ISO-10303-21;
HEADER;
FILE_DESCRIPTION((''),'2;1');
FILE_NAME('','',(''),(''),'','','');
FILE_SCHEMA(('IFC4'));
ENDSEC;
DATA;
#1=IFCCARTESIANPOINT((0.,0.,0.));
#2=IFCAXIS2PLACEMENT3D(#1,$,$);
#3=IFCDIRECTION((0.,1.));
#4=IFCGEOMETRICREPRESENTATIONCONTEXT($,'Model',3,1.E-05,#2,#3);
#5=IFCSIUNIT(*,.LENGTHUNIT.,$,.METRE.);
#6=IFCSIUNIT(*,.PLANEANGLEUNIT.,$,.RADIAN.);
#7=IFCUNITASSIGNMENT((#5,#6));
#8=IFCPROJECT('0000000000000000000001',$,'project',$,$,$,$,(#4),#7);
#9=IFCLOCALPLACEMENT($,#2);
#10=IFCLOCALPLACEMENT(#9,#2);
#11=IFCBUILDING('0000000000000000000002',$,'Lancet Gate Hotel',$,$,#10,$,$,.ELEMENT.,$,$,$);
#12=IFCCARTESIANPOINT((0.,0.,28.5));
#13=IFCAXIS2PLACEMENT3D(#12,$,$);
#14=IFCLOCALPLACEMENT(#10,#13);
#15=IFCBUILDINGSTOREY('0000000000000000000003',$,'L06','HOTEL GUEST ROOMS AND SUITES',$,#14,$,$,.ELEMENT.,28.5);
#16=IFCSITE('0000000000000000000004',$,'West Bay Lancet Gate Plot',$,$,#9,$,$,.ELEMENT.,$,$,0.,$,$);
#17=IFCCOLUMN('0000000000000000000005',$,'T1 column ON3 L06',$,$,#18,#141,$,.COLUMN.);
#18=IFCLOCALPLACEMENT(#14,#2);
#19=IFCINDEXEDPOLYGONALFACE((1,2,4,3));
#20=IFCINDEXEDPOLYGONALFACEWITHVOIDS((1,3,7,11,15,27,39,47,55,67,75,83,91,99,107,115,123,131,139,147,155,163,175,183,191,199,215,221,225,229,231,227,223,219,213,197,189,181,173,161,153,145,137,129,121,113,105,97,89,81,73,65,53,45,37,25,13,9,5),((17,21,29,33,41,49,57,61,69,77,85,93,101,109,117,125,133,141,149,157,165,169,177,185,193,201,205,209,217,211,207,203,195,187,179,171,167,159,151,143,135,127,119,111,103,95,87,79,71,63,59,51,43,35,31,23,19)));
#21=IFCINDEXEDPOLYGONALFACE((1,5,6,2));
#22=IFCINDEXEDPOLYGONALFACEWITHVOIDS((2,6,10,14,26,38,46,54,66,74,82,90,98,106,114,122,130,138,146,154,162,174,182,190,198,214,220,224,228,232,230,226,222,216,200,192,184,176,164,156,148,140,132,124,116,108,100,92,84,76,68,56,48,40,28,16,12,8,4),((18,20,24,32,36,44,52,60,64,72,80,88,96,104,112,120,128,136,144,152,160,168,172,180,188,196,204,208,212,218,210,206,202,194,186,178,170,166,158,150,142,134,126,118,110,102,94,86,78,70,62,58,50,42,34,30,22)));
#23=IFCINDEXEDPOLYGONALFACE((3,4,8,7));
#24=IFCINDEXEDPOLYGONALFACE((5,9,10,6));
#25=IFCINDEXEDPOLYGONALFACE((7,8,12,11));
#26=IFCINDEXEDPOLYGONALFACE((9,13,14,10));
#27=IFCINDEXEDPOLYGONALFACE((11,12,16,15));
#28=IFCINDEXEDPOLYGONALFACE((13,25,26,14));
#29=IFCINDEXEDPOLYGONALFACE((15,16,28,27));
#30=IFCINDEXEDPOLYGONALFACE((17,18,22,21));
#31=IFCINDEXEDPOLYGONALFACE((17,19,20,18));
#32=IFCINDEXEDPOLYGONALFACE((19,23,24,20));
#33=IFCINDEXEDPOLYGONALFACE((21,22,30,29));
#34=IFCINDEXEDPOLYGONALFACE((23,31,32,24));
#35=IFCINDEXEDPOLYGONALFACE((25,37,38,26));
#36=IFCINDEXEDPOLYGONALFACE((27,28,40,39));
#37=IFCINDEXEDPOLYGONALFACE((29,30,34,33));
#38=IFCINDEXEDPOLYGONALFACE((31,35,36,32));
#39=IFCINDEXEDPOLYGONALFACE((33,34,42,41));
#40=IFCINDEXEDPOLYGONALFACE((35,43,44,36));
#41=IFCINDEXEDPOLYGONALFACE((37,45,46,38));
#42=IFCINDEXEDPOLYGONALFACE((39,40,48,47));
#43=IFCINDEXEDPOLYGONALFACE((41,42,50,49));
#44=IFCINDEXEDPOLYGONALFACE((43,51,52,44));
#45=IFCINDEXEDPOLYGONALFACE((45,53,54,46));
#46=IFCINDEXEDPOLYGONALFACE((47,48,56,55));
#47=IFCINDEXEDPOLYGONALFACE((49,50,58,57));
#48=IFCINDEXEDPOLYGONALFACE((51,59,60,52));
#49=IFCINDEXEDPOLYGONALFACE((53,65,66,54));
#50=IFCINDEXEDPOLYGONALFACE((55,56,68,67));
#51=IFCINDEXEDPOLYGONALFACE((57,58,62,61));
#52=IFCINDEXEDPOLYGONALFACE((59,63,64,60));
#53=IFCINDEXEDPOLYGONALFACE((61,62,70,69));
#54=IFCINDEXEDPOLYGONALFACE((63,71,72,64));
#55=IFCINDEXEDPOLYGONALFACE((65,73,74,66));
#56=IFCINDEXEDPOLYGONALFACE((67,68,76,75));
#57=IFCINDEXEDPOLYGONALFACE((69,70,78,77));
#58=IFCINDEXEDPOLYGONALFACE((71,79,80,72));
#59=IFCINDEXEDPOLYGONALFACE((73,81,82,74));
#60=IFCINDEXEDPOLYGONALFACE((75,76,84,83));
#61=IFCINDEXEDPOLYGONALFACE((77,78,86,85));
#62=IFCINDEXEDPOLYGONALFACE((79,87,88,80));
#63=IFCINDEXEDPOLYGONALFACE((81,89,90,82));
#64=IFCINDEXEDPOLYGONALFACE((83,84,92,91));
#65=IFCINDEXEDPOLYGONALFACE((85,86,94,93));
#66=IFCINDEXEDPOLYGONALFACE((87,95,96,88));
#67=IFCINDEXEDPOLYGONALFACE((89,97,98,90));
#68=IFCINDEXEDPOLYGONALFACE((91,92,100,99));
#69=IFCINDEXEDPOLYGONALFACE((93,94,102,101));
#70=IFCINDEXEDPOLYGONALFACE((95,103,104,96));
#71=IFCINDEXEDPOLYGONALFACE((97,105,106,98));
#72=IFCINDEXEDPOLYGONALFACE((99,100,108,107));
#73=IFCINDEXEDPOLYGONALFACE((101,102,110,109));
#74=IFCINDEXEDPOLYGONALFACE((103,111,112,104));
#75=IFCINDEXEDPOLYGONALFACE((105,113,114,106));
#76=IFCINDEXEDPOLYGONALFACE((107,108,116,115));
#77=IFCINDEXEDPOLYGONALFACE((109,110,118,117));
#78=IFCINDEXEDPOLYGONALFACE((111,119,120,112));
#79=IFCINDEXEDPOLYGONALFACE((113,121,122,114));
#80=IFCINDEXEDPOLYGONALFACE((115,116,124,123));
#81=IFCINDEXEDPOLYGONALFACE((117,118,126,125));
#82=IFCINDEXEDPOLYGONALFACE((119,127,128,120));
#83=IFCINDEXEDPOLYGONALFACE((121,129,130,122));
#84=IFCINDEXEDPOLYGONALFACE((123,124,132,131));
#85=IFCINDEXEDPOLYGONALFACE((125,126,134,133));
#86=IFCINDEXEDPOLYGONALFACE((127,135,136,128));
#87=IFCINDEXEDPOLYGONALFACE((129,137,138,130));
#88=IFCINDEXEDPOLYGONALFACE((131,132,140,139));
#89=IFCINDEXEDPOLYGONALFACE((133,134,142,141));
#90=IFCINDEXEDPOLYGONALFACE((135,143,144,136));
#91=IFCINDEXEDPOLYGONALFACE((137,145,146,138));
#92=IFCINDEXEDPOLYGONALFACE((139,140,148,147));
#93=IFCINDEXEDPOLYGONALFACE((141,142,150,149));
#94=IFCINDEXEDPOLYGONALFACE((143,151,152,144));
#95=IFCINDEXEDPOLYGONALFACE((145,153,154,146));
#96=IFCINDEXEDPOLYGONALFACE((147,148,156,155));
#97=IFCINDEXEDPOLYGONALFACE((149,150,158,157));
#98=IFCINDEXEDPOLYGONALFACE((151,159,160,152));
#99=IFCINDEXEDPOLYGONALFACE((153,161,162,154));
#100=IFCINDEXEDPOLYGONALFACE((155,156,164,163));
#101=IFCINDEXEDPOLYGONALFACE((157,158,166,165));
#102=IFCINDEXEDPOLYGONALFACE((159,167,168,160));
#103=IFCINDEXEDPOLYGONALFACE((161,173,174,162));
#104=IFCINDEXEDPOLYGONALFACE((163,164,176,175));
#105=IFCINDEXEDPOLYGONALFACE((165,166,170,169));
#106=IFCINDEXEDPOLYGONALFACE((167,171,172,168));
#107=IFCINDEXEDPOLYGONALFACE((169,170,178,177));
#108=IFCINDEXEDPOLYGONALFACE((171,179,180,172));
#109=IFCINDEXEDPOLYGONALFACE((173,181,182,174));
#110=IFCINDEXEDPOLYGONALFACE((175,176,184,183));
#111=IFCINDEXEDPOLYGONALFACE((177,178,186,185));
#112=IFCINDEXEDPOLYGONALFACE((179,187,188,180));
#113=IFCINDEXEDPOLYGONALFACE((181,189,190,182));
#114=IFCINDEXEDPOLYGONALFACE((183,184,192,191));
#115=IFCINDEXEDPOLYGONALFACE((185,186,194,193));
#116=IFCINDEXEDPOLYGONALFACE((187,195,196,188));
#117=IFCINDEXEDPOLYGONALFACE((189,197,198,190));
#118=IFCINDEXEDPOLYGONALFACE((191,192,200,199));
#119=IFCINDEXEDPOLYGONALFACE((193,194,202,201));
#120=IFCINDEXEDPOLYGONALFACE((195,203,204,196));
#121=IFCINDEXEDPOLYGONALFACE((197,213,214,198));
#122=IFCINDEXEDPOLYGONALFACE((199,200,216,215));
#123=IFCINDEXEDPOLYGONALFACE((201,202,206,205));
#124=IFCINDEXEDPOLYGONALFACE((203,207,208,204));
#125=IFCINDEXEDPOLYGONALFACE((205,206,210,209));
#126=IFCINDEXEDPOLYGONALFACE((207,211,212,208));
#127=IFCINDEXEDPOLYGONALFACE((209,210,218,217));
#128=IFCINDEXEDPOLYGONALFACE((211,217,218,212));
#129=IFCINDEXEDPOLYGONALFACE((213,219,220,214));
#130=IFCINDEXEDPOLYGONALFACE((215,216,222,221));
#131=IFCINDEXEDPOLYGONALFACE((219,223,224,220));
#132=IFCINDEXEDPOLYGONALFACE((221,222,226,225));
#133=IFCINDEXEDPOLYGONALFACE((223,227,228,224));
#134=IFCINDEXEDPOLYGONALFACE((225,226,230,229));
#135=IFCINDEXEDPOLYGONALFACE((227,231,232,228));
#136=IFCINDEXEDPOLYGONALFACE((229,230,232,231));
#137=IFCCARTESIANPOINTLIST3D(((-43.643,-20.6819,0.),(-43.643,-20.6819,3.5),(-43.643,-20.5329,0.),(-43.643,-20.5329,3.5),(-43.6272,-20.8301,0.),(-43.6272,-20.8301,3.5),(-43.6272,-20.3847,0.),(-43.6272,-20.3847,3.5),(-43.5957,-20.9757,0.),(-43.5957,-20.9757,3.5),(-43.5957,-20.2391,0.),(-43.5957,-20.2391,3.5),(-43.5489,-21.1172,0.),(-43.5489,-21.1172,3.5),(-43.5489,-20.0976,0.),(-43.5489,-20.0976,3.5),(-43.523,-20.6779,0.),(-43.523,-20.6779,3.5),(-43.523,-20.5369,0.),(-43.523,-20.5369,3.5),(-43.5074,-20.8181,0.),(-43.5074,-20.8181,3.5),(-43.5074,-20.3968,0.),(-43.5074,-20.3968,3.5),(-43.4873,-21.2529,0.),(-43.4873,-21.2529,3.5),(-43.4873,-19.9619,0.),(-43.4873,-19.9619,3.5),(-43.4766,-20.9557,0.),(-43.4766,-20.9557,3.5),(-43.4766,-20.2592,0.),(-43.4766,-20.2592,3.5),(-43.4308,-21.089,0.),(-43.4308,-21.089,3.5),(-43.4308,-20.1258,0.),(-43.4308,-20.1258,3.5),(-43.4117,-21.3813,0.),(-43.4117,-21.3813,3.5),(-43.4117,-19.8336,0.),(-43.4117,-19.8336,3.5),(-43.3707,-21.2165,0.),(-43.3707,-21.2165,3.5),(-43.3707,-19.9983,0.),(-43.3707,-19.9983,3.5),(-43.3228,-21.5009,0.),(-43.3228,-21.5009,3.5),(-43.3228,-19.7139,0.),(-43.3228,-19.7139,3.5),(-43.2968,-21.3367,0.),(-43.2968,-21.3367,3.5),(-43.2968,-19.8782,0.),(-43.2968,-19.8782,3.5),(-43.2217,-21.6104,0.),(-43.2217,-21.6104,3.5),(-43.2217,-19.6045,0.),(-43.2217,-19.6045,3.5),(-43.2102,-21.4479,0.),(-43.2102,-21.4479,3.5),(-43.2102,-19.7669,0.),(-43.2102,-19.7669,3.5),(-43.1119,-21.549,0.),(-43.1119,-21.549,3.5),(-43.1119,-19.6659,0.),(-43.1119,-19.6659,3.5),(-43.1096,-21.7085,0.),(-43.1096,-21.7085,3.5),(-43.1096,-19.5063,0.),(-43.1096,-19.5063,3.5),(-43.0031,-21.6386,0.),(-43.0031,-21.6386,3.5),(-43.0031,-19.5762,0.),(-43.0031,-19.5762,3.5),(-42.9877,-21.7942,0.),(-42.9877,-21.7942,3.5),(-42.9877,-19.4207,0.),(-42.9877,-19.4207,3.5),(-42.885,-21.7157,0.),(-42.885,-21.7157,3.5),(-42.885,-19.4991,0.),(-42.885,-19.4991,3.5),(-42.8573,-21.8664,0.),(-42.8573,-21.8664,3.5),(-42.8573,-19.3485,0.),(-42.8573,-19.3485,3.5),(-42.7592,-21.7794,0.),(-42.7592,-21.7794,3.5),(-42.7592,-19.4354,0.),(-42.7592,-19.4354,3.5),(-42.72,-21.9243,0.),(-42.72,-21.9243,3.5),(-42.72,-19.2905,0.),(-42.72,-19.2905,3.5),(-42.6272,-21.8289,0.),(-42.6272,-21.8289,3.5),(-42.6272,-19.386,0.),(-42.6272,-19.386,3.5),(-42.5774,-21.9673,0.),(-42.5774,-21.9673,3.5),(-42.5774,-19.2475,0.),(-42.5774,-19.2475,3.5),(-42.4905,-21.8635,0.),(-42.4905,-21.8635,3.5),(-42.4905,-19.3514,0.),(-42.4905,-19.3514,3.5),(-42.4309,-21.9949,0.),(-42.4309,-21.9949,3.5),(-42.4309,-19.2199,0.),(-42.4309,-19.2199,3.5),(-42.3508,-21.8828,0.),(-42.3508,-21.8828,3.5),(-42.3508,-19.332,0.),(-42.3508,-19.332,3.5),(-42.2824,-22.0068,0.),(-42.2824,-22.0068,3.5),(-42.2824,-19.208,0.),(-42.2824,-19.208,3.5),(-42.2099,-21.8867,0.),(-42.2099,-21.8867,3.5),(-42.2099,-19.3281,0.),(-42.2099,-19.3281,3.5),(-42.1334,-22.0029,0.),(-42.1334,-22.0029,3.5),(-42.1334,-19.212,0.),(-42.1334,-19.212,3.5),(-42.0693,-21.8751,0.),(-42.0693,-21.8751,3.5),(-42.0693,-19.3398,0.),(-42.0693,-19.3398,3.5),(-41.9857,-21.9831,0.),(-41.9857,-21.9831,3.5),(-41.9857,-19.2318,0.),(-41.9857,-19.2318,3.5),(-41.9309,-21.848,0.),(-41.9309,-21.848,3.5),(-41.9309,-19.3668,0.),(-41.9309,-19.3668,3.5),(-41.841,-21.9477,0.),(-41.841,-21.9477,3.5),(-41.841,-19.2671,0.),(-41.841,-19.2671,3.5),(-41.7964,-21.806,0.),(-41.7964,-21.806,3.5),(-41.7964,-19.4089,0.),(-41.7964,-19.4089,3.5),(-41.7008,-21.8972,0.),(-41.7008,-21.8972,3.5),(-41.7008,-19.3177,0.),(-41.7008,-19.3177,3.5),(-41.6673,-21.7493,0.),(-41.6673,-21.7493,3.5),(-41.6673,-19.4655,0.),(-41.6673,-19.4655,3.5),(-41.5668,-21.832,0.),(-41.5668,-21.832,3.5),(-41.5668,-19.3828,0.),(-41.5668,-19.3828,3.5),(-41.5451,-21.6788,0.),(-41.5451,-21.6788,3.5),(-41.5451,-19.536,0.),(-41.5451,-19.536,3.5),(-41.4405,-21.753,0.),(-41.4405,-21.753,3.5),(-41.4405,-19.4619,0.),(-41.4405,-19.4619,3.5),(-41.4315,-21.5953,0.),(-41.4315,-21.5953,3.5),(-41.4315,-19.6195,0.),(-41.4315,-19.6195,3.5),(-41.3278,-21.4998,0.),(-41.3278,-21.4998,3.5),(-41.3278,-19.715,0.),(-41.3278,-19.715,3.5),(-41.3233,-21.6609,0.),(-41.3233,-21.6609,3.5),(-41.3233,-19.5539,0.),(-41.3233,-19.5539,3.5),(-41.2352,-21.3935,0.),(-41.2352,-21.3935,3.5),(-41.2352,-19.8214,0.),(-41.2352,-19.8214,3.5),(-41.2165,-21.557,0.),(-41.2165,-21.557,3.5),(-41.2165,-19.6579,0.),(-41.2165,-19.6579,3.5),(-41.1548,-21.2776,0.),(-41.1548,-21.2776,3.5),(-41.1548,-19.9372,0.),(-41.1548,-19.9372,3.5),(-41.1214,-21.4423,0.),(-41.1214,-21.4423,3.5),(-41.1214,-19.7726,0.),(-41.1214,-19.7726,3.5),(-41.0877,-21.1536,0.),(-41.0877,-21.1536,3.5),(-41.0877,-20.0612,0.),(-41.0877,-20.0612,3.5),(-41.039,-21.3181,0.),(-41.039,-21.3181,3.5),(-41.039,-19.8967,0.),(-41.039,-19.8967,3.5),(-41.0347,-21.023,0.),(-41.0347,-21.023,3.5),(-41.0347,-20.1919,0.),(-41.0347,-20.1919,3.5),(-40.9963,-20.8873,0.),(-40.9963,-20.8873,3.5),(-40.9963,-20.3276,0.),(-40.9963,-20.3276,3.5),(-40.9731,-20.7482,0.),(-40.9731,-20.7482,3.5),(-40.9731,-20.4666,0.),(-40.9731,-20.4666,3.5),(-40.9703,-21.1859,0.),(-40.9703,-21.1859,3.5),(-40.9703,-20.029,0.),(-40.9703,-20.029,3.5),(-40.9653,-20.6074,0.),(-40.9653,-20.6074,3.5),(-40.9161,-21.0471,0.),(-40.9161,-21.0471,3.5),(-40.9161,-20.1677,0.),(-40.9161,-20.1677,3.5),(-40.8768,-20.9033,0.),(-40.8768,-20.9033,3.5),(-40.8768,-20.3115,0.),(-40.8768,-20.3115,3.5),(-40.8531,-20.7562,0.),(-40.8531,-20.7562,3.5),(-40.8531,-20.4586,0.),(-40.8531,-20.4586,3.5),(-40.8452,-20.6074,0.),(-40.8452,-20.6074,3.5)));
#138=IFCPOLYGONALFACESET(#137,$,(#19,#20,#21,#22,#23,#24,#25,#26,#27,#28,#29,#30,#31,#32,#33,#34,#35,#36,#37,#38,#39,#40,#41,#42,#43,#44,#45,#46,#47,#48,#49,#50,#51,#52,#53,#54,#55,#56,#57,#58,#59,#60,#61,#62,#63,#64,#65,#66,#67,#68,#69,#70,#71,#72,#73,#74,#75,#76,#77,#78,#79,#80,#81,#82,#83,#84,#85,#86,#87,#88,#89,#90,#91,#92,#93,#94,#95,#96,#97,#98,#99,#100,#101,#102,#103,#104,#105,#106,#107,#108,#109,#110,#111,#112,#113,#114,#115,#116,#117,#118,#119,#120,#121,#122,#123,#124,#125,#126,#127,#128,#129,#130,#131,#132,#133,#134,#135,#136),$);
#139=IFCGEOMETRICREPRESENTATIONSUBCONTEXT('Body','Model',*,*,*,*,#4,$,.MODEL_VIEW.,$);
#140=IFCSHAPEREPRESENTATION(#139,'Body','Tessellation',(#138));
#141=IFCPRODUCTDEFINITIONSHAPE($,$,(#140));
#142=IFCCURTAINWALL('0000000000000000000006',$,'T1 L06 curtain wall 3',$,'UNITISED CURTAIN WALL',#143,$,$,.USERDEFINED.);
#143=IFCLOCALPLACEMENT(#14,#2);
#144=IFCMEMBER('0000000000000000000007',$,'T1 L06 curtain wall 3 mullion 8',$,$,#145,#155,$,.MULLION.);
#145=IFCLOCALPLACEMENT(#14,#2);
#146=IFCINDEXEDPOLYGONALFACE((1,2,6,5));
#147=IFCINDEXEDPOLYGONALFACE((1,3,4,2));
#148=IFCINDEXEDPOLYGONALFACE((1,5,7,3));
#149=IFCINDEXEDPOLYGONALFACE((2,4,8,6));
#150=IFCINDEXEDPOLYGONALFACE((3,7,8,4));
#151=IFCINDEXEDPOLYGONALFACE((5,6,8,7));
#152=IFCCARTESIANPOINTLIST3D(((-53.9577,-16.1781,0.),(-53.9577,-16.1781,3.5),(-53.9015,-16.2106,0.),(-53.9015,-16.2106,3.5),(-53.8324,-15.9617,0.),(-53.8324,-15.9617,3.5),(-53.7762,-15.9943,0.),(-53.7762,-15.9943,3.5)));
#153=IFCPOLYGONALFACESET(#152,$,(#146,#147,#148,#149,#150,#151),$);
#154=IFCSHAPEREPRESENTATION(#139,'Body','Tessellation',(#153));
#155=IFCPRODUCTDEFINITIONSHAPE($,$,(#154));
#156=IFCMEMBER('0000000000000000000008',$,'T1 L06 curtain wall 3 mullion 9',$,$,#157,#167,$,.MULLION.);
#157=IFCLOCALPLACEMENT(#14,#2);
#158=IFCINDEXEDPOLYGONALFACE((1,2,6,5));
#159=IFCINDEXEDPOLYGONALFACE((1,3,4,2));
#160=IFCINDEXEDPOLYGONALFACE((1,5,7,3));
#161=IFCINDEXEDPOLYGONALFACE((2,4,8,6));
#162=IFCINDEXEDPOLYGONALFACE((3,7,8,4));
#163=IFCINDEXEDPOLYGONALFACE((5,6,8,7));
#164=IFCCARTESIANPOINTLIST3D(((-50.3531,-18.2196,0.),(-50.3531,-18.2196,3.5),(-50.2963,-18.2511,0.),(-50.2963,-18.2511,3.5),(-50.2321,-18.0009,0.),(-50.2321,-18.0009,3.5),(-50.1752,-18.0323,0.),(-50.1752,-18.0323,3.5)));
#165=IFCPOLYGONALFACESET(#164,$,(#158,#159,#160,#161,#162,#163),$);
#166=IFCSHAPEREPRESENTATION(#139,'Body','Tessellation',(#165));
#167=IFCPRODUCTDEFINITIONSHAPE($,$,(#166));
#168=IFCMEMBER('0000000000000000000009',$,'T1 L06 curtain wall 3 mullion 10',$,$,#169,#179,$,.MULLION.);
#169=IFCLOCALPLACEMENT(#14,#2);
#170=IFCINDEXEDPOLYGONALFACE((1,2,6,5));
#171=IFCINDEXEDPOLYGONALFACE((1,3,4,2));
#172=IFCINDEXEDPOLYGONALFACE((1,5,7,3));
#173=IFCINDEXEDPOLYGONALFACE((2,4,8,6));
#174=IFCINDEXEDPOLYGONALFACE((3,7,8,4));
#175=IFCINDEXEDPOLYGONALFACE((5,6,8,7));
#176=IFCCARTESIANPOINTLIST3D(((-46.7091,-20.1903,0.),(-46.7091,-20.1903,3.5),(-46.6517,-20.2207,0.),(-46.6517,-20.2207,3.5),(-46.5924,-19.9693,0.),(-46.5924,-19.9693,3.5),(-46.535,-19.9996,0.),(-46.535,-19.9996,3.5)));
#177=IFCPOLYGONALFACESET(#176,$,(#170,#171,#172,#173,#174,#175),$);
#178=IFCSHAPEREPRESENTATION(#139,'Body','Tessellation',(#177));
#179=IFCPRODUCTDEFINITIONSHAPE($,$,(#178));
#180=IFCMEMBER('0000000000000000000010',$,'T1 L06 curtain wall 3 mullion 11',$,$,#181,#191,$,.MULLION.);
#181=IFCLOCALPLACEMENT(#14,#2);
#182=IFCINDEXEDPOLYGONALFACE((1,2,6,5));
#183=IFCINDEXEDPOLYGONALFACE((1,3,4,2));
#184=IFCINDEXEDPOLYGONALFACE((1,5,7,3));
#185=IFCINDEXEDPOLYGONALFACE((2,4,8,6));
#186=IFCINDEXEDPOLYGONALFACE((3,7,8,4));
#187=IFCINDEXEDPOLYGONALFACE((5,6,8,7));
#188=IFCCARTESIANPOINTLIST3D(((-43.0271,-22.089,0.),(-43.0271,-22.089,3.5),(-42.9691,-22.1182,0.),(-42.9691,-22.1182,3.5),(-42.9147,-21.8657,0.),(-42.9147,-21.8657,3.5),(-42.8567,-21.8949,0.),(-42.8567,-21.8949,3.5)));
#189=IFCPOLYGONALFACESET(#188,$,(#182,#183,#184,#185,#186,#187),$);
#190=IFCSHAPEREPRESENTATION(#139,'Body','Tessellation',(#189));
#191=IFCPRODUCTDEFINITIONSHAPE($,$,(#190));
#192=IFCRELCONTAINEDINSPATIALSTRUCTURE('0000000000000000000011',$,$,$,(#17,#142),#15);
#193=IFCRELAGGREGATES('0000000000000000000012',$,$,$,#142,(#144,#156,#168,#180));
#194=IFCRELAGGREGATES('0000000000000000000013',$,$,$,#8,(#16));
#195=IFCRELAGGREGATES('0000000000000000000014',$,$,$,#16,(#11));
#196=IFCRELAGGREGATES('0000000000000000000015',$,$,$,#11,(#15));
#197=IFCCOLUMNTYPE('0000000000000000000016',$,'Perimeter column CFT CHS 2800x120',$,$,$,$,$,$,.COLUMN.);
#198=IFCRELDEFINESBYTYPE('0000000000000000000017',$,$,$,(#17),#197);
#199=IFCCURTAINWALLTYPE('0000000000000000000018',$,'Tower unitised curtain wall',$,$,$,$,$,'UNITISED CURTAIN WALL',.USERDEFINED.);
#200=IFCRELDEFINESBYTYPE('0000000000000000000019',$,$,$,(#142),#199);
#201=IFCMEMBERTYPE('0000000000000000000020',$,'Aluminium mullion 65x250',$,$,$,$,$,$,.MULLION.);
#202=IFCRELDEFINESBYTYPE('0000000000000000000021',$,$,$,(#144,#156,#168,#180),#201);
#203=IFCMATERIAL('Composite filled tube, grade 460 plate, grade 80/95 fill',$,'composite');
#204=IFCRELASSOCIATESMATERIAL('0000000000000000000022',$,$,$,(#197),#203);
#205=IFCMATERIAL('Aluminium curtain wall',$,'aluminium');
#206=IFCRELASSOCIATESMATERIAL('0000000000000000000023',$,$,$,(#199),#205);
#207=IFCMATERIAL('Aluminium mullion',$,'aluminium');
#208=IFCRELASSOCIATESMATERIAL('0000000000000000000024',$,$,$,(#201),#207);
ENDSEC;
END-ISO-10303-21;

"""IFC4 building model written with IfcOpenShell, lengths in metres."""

from ifc_helpers import new_model, si_unit, direction, frame, origin, origin_2d, place, context, subcontext, project, spatial, rectangle, hollow_circle, extrude, material, material_profile, profile_set, type_object, element, aggregate, save


model = new_model("IFC4")

# Units and contexts
model_context = context("Model", 3, precision=1e-05, world=origin(), true_north=direction((0.0, 1.0)))
body_context = subcontext(model_context, "Body", "Model", "MODEL_VIEW")
ifc_project = project(units=[si_unit("LENGTHUNIT", "METRE"), si_unit("PLANEANGLEUNIT", "RADIAN")], contexts=[model_context])

# Site, building, storey
site_placement = place(None, origin())
site = spatial("IfcSite", under=ifc_project, at=site_placement, Name="West Bay Lancet Gate Plot", CompositionType="ELEMENT", RefElevation=0.0)
building_placement = place(site_placement, origin())
building = spatial("IfcBuilding", under=site, at=building_placement, Name="Lancet Gate Hotel", CompositionType="ELEMENT")
storey_placement = place(building_placement, frame((0.0, 0.0, 28.5)))
storey = spatial("IfcBuildingStorey", under=building, at=storey_placement, Name="L06", Description="HOTEL GUEST ROOMS AND SUITES", CompositionType="ELEMENT", Elevation=28.5)

# Column
ifc_material_1 = material(Name="Composite filled tube, grade 460 plate, grade 80/95 fill", Category="composite")
ifc_material_profile_1 = material_profile(ifc_material_1, hollow_circle(Radius=1.3999, WallThickness=0.1201, at=origin_2d()), Name="CHS 2800x120")
ifc_profile_set_1 = profile_set([ifc_material_profile_1], Name="Composite filled tube, grade 460 plate, grade 80/95 fill")
column_type = type_object("IfcColumnType", Name="Perimeter column CFT CHS 2800x120", PredefinedType="COLUMN", material=ifc_profile_set_1)
column_placement = place(storey_placement, frame((-42.2451, -20.6074, 0.0), z_axis=(0.0, 0.0, 1.0), x_axis=(1.0, 0.0, 0.0)))
element("IfcColumn", 1, at=column_placement, inside=storey, type_object=column_type, Name="T1 column ON3 L06", PredefinedType="COLUMN", context=body_context, shape_type="SweptSolid", body=[
    extrude(hollow_circle(Radius=1.3999, WallThickness=0.1201, at=origin_2d()), origin(), (0.0, 0.0, 1.0), 3.5),
])

# Curtain wall, members
ifc_material_2 = material(Name="Aluminium curtain wall", Category="aluminium")
curtain_wall_type = type_object("IfcCurtainWallType", Name="Tower unitised curtain wall", ElementType="UNITISED CURTAIN WALL", PredefinedType="USERDEFINED", material=ifc_material_2)
curtain_wall_placement = place(storey_placement, origin())
curtain_wall = element("IfcCurtainWall", 2, at=curtain_wall_placement, inside=storey, type_object=curtain_wall_type, Name="T1 L06 curtain wall 3", ObjectType="UNITISED CURTAIN WALL", PredefinedType="USERDEFINED")
ifc_material_3 = material(Name="Aluminium mullion", Category="aluminium")
ifc_material_profile_2 = material_profile(ifc_material_3, rectangle(XDim=0.0649, YDim=0.25, at=origin_2d()), Name="MULLION 65x250")
ifc_profile_set_2 = profile_set([ifc_material_profile_2], Name="Aluminium mullion")
member_type_1 = type_object("IfcMemberType", Name="Aluminium mullion 65x250", PredefinedType="MULLION", material=ifc_profile_set_2)
member_1_placement = place(storey_placement, frame((-53.8669, -16.0862, 0.0), z_axis=(0.0, 0.0, 1.0), x_axis=(0.865335, -0.501194, 0.0)))
member_1 = element("IfcMember", 3, at=member_1_placement, type_object=member_type_1, Name="T1 L06 curtain wall 3 mullion 8", PredefinedType="MULLION", context=body_context, shape_type="SweptSolid", body=[
    extrude(rectangle(XDim=0.0649, YDim=0.25, at=origin_2d()), origin(), (0.0, 0.0, 1.0), 3.5),
])
member_2_placement = place(storey_placement, frame((-50.2642, -18.126, 0.0), z_axis=(0.0, 0.0, 1.0), x_axis=(0.874991, -0.484139, 0.0)))
member_2 = element("IfcMember", 4, at=member_2_placement, type_object=member_type_1, Name="T1 L06 curtain wall 3 mullion 9", PredefinedType="MULLION", context=body_context, shape_type="SweptSolid", body=[
    extrude(rectangle(XDim=0.0649, YDim=0.25, at=origin_2d()), origin(), (0.0, 0.0, 1.0), 3.5),
])
member_3_placement = place(storey_placement, frame((-46.6221, -20.095, 0.0), z_axis=(0.0, 0.0, 1.0), x_axis=(0.884311, -0.466898, 0.0)))
member_3 = element("IfcMember", 5, at=member_3_placement, type_object=member_type_1, Name="T1 L06 curtain wall 3 mullion 10", PredefinedType="MULLION", context=body_context, shape_type="SweptSolid", body=[
    extrude(rectangle(XDim=0.0649, YDim=0.25, at=origin_2d()), origin(), (0.0, 0.0, 1.0), 3.5),
])
member_4_placement = place(storey_placement, frame((-42.9419, -21.9919, 0.0), z_axis=(0.0, 0.0, 1.0), x_axis=(0.893292, -0.449478, 0.0)))
member_4 = element("IfcMember", 6, at=member_4_placement, type_object=member_type_1, Name="T1 L06 curtain wall 3 mullion 11", PredefinedType="MULLION", context=body_context, shape_type="SweptSolid", body=[
    extrude(rectangle(XDim=0.0649, YDim=0.25, at=origin_2d()), origin(), (0.0, 0.0, 1.0), 3.5),
])

aggregate(curtain_wall, [member_1, member_2, member_3, member_4])

save(model, "model.ifc")
